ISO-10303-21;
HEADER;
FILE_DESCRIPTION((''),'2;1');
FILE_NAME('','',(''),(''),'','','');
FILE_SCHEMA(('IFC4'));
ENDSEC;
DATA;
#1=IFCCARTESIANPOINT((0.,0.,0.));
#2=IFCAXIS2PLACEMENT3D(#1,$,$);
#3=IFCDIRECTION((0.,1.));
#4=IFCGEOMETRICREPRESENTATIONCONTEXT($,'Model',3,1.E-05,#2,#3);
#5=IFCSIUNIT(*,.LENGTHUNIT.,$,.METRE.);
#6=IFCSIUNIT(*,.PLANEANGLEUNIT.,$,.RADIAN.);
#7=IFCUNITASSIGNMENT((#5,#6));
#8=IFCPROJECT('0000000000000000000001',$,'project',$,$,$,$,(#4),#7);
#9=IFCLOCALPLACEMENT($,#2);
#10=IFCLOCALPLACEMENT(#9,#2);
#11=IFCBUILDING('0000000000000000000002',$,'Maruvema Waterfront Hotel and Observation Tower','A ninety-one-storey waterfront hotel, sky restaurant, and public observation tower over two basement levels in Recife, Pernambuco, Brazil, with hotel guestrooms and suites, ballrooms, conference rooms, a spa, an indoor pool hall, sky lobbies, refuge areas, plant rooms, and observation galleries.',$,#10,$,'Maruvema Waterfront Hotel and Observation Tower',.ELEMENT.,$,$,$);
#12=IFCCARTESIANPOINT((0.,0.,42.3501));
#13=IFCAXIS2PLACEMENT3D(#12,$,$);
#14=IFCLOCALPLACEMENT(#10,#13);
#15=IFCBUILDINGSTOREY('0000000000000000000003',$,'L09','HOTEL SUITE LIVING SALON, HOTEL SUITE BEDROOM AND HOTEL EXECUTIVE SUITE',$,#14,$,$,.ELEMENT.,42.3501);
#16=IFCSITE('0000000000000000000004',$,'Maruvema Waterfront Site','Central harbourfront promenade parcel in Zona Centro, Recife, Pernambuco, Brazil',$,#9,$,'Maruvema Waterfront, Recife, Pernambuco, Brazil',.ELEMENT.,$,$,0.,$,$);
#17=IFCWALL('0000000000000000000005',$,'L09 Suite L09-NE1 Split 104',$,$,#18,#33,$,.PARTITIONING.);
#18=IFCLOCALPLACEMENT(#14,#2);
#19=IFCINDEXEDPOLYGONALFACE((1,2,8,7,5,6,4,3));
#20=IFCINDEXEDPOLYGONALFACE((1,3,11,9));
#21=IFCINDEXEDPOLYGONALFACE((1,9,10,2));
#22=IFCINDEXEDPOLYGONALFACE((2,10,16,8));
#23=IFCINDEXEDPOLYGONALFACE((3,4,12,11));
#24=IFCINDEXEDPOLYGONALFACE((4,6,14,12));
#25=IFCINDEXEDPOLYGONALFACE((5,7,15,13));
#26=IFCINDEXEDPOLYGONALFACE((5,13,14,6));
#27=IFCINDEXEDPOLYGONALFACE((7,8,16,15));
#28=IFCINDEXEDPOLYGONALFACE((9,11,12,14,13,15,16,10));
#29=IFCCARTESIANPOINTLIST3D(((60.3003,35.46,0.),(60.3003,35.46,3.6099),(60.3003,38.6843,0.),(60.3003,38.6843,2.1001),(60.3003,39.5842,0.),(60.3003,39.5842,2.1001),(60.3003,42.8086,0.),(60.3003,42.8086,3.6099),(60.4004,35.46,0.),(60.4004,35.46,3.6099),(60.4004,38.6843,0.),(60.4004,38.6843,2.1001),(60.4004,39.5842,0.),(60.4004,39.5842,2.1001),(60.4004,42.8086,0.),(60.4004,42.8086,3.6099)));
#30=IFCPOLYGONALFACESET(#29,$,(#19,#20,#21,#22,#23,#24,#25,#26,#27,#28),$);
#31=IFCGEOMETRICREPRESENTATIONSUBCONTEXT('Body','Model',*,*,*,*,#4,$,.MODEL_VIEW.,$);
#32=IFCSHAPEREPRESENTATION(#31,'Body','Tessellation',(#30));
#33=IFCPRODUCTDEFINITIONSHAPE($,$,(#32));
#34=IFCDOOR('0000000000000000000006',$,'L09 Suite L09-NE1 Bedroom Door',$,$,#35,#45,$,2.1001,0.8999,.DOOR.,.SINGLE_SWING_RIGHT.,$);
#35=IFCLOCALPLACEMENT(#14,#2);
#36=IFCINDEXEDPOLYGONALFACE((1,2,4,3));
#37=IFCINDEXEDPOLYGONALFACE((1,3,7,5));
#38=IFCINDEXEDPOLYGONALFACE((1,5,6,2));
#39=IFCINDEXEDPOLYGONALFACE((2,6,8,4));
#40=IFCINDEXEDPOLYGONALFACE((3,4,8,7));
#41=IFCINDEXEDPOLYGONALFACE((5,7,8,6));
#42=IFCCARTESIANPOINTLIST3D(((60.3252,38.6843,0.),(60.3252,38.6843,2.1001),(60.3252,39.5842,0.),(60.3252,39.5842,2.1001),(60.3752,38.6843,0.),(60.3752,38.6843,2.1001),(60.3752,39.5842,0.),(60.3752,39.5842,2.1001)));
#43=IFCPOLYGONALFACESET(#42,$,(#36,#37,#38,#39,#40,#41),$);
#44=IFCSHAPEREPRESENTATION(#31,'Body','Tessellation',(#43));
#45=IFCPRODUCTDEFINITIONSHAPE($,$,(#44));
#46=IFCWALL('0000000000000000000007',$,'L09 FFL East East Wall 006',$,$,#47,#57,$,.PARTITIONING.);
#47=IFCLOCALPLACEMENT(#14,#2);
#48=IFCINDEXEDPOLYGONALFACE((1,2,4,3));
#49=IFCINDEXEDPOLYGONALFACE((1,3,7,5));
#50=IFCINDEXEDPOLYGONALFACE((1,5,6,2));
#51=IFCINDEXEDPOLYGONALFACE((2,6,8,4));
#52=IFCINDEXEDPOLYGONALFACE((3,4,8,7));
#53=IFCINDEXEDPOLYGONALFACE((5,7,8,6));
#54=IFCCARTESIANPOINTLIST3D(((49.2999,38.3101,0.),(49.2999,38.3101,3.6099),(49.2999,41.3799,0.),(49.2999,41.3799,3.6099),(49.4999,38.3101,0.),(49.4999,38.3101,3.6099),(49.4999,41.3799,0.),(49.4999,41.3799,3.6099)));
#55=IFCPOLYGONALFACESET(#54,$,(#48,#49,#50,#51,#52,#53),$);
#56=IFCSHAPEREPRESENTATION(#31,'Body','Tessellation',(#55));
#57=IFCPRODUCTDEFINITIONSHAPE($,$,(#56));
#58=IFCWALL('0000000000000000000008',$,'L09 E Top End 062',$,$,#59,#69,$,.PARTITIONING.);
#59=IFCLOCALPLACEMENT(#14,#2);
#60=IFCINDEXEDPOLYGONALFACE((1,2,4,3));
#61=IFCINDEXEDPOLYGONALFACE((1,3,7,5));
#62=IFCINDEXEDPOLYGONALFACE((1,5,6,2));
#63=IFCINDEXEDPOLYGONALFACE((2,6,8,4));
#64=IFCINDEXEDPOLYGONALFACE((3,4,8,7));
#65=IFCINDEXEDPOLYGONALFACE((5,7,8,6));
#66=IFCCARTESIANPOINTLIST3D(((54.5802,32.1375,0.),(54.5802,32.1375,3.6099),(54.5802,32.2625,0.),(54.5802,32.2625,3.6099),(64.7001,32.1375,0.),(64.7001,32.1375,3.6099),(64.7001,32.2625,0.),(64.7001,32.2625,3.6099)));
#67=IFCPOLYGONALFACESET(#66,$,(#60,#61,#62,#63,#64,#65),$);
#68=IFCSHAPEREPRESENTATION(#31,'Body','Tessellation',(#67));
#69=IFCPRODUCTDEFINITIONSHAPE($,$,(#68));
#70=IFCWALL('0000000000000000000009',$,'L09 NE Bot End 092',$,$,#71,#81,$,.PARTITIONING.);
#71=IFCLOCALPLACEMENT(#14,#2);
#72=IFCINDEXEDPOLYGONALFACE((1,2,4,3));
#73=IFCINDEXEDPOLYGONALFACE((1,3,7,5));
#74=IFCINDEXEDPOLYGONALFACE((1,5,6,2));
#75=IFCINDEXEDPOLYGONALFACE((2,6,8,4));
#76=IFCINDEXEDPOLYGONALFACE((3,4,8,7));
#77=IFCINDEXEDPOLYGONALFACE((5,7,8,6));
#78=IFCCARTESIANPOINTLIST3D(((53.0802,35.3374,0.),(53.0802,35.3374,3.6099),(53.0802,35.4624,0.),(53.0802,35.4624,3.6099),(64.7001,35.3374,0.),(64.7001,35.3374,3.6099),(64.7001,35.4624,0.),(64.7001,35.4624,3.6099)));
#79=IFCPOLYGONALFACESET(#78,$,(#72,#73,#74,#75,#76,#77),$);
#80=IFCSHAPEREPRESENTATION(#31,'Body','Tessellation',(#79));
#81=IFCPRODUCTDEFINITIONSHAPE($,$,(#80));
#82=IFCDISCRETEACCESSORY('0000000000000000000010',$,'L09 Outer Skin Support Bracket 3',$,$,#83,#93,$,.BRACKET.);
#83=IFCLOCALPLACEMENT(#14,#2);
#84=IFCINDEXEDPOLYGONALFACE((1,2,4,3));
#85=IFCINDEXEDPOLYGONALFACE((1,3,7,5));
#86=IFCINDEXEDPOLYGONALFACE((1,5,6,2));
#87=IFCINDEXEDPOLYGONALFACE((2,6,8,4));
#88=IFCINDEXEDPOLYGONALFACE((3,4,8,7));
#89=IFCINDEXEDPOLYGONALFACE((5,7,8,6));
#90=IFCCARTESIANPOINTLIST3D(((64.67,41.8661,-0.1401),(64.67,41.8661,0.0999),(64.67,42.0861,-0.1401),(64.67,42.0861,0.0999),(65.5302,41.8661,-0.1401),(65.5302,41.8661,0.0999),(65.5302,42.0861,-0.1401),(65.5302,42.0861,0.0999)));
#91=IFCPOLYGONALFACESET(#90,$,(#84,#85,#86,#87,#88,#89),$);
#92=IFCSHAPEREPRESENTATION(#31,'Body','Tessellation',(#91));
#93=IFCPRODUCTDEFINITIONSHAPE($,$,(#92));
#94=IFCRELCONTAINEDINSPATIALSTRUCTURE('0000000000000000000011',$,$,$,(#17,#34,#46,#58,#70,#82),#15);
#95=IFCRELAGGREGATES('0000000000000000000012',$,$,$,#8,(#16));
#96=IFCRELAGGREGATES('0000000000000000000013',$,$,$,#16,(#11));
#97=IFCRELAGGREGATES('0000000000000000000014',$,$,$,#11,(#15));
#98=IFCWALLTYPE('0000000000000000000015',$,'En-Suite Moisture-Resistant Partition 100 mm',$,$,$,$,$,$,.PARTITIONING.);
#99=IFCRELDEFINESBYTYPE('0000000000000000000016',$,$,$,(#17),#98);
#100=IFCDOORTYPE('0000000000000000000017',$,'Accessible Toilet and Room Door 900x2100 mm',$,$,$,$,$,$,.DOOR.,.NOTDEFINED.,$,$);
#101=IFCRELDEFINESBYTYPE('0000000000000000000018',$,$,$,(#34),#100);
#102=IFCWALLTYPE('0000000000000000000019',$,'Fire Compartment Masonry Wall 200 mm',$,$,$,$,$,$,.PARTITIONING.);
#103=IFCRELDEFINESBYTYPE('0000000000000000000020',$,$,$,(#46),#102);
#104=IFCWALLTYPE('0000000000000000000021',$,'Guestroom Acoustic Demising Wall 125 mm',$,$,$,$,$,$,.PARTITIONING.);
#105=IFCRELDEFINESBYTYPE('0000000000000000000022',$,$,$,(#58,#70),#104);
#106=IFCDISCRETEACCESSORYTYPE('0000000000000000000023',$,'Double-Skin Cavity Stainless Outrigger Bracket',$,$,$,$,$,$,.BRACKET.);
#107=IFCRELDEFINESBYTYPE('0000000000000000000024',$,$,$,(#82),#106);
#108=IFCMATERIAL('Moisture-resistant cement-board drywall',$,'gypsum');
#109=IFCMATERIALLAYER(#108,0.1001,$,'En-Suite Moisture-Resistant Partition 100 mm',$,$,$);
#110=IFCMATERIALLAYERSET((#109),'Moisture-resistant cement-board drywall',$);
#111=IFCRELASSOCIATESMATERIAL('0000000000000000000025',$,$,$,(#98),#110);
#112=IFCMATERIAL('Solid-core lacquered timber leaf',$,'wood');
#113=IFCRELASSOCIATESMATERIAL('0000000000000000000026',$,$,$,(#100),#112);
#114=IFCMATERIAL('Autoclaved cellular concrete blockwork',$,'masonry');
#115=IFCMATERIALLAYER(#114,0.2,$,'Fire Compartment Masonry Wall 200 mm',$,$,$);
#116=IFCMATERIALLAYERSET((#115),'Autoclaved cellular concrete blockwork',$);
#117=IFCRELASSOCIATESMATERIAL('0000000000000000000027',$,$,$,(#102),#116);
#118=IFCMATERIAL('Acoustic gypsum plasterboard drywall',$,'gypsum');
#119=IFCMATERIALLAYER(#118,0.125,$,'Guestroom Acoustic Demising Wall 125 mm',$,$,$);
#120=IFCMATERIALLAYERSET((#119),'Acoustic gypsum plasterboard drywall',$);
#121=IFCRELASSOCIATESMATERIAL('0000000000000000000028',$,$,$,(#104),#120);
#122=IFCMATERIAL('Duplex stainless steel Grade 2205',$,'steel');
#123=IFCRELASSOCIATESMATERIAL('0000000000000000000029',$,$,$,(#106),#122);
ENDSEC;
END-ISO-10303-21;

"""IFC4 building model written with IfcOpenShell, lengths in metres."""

from ifc_helpers import new_model, si_unit, direction, frame, frame_2d, origin, origin_2d, place, context, subcontext, project, spatial, rectangle, extrude, material, layer, layer_set, type_object, element, fill, save


model = new_model("IFC4")

# Units and contexts
model_context = context("Model", 3, precision=1e-05, world=origin(), true_north=direction((0.0, 1.0)))
body_context = subcontext(model_context, "Body", "Model", "MODEL_VIEW")
ifc_project = project(units=[si_unit("LENGTHUNIT", "METRE"), si_unit("PLANEANGLEUNIT", "RADIAN")], contexts=[model_context])

# Site, building, storey
site_placement = place(None, origin())
site = spatial("IfcSite", under=ifc_project, at=site_placement, Name="Maruvema Waterfront Site", Description="Central harbourfront promenade parcel in Zona Centro, Recife, Pernambuco, Brazil", LongName="Maruvema Waterfront, Recife, Pernambuco, Brazil", CompositionType="ELEMENT", RefElevation=0.0)
building_placement = place(site_placement, origin())
building = spatial("IfcBuilding", under=site, at=building_placement, Name="Maruvema Waterfront Hotel and Observation Tower", Description="A ninety-one-storey waterfront hotel, sky restaurant, and public observation tower over two basement levels in Recife, Pernambuco, Brazil, with hotel guestrooms and suites, ballrooms, conference rooms, a spa, an indoor pool hall, sky lobbies, refuge areas, plant rooms, and observation galleries.", LongName="Maruvema Waterfront Hotel and Observation Tower", CompositionType="ELEMENT")
storey_placement = place(building_placement, frame((0.0, 0.0, 42.3501)))
storey = spatial("IfcBuildingStorey", under=building, at=storey_placement, Name="L09", Description="HOTEL SUITE LIVING SALON, HOTEL SUITE BEDROOM AND HOTEL EXECUTIVE SUITE", CompositionType="ELEMENT", Elevation=42.3501)

# Shared definitions
ifc_material_1 = material(Name="Moisture-resistant cement-board drywall", Category="gypsum")
ifc_layer_1 = layer(ifc_material_1, 0.1001, Name="En-Suite Moisture-Resistant Partition 100 mm")
ifc_layer_set_1 = layer_set([ifc_layer_1], Name="Moisture-resistant cement-board drywall")
wall_type_1 = type_object("IfcWallType", Name="En-Suite Moisture-Resistant Partition 100 mm", PredefinedType="PARTITIONING", material=ifc_layer_set_1)

# Wall, opening, door
wall_1_placement = place(storey_placement, frame((60.3503, 35.46, 0.0), z_axis=(0.0, 0.0, 1.0), x_axis=(0.0, 1.0, 0.0)))
wall_1 = element("IfcWall", 1, at=wall_1_placement, inside=storey, type_object=wall_type_1, Name="L09 Suite L09-NE1 Split 104", PredefinedType="PARTITIONING", context=body_context, shape_type="SweptSolid", body=[
    extrude(rectangle(XDim=7.3486, YDim=0.1001, at=frame_2d((3.6743, 0.0))), origin(), (0.0, 0.0, 1.0), 3.6099),
])
opening_1_placement = place(wall_1_placement, frame((3.2244, 0.0, 0.0)))
opening_1 = element("IfcOpeningElement", 2, at=opening_1_placement, cuts=wall_1, PredefinedType="OPENING", context=body_context, shape_type="SweptSolid", body=[
    extrude(rectangle(XDim=0.8999, YDim=2.1001, at=frame_2d((0.45, 1.05))), frame((0.0, 0.0601, 0.0), z_axis=(0.0, -1.0, 0.0), x_axis=(1.0, 0.0, 0.0)), (0.0, 0.0, 1.0), 0.1201),
])
ifc_material_2 = material(Name="Solid-core lacquered timber leaf", Category="wood")
door_type_1 = type_object("IfcDoorType", Name="Accessible Toilet and Room Door 900x2100 mm", OperationType="NOTDEFINED", PredefinedType="DOOR", material=ifc_material_2)
door_1_placement = place(opening_1_placement, frame((0.8999, 0.0, 0.0), z_axis=(0.0, 0.0, 1.0), x_axis=(-1.0, 0.0, 0.0)))
door_1 = element("IfcDoor", 3, at=door_1_placement, inside=storey, type_object=door_type_1, Name="L09 Suite L09-NE1 Bedroom Door", OperationType="SINGLE_SWING_RIGHT", OverallHeight=2.1001, OverallWidth=0.8999, PredefinedType="DOOR", context=body_context, shape_type="SweptSolid", body=[
    extrude(rectangle(XDim=0.8999, YDim=2.1001, at=frame_2d((0.45, 1.05))), frame((0.0, 0.0249, 0.0), z_axis=(0.0, -1.0, 0.0), x_axis=(1.0, 0.0, 0.0)), (0.0, 0.0, 1.0), 0.05),
])
fill(opening_1, door_1)

# Walls
ifc_material_3 = material(Name="Autoclaved cellular concrete blockwork", Category="masonry")
ifc_layer_2 = layer(ifc_material_3, 0.2, Name="Fire Compartment Masonry Wall 200 mm")
ifc_layer_set_2 = layer_set([ifc_layer_2], Name="Autoclaved cellular concrete blockwork")
wall_type_2 = type_object("IfcWallType", Name="Fire Compartment Masonry Wall 200 mm", PredefinedType="PARTITIONING", material=ifc_layer_set_2)
wall_2_placement = place(storey_placement, frame((49.3999, 38.3101, 0.0), z_axis=(0.0, 0.0, 1.0), x_axis=(0.0, 1.0, 0.0)))
element("IfcWall", 4, at=wall_2_placement, inside=storey, type_object=wall_type_2, Name="L09 FFL East East Wall 006", PredefinedType="PARTITIONING", context=body_context, shape_type="SweptSolid", body=[
    extrude(rectangle(XDim=3.0698, YDim=0.2, at=frame_2d((1.5349, 0.0))), origin(), (0.0, 0.0, 1.0), 3.6099),
])
ifc_material_4 = material(Name="Acoustic gypsum plasterboard drywall", Category="gypsum")
ifc_layer_3 = layer(ifc_material_4, 0.125, Name="Guestroom Acoustic Demising Wall 125 mm")
ifc_layer_set_3 = layer_set([ifc_layer_3], Name="Acoustic gypsum plasterboard drywall")
wall_type_3 = type_object("IfcWallType", Name="Guestroom Acoustic Demising Wall 125 mm", PredefinedType="PARTITIONING", material=ifc_layer_set_3)
wall_3_placement = place(storey_placement, frame((54.5801, 32.2, 0.0), z_axis=(0.0, 0.0, 1.0), x_axis=(1.0, 0.0, 0.0)))
element("IfcWall", 5, at=wall_3_placement, inside=storey, type_object=wall_type_3, Name="L09 E Top End 062", PredefinedType="PARTITIONING", context=body_context, shape_type="SweptSolid", body=[
    extrude(rectangle(XDim=10.1199, YDim=0.125, at=frame_2d((5.0601, 0.0))), origin(), (0.0, 0.0, 1.0), 3.6099),
])
wall_4_placement = place(storey_placement, frame((53.0801, 35.3999, 0.0), z_axis=(0.0, 0.0, 1.0), x_axis=(1.0, 0.0, 0.0)))
element("IfcWall", 6, at=wall_4_placement, inside=storey, type_object=wall_type_3, Name="L09 NE Bot End 092", PredefinedType="PARTITIONING", context=body_context, shape_type="SweptSolid", body=[
    extrude(rectangle(XDim=11.6199, YDim=0.125, at=frame_2d((5.8101, 0.0))), origin(), (0.0, 0.0, 1.0), 3.6099),
])

# Discrete accessory
ifc_material_5 = material(Name="Duplex stainless steel Grade 2205", Category="steel")
discrete_accessory_type = type_object("IfcDiscreteAccessoryType", Name="Double-Skin Cavity Stainless Outrigger Bracket", PredefinedType="BRACKET", material=ifc_material_5)
discrete_accessory_placement = place(storey_placement, frame((65.1001, 41.9761, -0.1401), z_axis=(0.0, 0.0, 1.0), x_axis=(0.0, 1.0, 0.0)))
element("IfcDiscreteAccessory", 7, at=discrete_accessory_placement, inside=storey, type_object=discrete_accessory_type, Name="L09 Outer Skin Support Bracket 3", PredefinedType="BRACKET", context=body_context, shape_type="SweptSolid", body=[
    extrude(rectangle(XDim=0.22, YDim=0.8601, at=origin_2d()), origin(), (0.0, 0.0, 1.0), 0.24),
])

save(model, "model.ifc")
